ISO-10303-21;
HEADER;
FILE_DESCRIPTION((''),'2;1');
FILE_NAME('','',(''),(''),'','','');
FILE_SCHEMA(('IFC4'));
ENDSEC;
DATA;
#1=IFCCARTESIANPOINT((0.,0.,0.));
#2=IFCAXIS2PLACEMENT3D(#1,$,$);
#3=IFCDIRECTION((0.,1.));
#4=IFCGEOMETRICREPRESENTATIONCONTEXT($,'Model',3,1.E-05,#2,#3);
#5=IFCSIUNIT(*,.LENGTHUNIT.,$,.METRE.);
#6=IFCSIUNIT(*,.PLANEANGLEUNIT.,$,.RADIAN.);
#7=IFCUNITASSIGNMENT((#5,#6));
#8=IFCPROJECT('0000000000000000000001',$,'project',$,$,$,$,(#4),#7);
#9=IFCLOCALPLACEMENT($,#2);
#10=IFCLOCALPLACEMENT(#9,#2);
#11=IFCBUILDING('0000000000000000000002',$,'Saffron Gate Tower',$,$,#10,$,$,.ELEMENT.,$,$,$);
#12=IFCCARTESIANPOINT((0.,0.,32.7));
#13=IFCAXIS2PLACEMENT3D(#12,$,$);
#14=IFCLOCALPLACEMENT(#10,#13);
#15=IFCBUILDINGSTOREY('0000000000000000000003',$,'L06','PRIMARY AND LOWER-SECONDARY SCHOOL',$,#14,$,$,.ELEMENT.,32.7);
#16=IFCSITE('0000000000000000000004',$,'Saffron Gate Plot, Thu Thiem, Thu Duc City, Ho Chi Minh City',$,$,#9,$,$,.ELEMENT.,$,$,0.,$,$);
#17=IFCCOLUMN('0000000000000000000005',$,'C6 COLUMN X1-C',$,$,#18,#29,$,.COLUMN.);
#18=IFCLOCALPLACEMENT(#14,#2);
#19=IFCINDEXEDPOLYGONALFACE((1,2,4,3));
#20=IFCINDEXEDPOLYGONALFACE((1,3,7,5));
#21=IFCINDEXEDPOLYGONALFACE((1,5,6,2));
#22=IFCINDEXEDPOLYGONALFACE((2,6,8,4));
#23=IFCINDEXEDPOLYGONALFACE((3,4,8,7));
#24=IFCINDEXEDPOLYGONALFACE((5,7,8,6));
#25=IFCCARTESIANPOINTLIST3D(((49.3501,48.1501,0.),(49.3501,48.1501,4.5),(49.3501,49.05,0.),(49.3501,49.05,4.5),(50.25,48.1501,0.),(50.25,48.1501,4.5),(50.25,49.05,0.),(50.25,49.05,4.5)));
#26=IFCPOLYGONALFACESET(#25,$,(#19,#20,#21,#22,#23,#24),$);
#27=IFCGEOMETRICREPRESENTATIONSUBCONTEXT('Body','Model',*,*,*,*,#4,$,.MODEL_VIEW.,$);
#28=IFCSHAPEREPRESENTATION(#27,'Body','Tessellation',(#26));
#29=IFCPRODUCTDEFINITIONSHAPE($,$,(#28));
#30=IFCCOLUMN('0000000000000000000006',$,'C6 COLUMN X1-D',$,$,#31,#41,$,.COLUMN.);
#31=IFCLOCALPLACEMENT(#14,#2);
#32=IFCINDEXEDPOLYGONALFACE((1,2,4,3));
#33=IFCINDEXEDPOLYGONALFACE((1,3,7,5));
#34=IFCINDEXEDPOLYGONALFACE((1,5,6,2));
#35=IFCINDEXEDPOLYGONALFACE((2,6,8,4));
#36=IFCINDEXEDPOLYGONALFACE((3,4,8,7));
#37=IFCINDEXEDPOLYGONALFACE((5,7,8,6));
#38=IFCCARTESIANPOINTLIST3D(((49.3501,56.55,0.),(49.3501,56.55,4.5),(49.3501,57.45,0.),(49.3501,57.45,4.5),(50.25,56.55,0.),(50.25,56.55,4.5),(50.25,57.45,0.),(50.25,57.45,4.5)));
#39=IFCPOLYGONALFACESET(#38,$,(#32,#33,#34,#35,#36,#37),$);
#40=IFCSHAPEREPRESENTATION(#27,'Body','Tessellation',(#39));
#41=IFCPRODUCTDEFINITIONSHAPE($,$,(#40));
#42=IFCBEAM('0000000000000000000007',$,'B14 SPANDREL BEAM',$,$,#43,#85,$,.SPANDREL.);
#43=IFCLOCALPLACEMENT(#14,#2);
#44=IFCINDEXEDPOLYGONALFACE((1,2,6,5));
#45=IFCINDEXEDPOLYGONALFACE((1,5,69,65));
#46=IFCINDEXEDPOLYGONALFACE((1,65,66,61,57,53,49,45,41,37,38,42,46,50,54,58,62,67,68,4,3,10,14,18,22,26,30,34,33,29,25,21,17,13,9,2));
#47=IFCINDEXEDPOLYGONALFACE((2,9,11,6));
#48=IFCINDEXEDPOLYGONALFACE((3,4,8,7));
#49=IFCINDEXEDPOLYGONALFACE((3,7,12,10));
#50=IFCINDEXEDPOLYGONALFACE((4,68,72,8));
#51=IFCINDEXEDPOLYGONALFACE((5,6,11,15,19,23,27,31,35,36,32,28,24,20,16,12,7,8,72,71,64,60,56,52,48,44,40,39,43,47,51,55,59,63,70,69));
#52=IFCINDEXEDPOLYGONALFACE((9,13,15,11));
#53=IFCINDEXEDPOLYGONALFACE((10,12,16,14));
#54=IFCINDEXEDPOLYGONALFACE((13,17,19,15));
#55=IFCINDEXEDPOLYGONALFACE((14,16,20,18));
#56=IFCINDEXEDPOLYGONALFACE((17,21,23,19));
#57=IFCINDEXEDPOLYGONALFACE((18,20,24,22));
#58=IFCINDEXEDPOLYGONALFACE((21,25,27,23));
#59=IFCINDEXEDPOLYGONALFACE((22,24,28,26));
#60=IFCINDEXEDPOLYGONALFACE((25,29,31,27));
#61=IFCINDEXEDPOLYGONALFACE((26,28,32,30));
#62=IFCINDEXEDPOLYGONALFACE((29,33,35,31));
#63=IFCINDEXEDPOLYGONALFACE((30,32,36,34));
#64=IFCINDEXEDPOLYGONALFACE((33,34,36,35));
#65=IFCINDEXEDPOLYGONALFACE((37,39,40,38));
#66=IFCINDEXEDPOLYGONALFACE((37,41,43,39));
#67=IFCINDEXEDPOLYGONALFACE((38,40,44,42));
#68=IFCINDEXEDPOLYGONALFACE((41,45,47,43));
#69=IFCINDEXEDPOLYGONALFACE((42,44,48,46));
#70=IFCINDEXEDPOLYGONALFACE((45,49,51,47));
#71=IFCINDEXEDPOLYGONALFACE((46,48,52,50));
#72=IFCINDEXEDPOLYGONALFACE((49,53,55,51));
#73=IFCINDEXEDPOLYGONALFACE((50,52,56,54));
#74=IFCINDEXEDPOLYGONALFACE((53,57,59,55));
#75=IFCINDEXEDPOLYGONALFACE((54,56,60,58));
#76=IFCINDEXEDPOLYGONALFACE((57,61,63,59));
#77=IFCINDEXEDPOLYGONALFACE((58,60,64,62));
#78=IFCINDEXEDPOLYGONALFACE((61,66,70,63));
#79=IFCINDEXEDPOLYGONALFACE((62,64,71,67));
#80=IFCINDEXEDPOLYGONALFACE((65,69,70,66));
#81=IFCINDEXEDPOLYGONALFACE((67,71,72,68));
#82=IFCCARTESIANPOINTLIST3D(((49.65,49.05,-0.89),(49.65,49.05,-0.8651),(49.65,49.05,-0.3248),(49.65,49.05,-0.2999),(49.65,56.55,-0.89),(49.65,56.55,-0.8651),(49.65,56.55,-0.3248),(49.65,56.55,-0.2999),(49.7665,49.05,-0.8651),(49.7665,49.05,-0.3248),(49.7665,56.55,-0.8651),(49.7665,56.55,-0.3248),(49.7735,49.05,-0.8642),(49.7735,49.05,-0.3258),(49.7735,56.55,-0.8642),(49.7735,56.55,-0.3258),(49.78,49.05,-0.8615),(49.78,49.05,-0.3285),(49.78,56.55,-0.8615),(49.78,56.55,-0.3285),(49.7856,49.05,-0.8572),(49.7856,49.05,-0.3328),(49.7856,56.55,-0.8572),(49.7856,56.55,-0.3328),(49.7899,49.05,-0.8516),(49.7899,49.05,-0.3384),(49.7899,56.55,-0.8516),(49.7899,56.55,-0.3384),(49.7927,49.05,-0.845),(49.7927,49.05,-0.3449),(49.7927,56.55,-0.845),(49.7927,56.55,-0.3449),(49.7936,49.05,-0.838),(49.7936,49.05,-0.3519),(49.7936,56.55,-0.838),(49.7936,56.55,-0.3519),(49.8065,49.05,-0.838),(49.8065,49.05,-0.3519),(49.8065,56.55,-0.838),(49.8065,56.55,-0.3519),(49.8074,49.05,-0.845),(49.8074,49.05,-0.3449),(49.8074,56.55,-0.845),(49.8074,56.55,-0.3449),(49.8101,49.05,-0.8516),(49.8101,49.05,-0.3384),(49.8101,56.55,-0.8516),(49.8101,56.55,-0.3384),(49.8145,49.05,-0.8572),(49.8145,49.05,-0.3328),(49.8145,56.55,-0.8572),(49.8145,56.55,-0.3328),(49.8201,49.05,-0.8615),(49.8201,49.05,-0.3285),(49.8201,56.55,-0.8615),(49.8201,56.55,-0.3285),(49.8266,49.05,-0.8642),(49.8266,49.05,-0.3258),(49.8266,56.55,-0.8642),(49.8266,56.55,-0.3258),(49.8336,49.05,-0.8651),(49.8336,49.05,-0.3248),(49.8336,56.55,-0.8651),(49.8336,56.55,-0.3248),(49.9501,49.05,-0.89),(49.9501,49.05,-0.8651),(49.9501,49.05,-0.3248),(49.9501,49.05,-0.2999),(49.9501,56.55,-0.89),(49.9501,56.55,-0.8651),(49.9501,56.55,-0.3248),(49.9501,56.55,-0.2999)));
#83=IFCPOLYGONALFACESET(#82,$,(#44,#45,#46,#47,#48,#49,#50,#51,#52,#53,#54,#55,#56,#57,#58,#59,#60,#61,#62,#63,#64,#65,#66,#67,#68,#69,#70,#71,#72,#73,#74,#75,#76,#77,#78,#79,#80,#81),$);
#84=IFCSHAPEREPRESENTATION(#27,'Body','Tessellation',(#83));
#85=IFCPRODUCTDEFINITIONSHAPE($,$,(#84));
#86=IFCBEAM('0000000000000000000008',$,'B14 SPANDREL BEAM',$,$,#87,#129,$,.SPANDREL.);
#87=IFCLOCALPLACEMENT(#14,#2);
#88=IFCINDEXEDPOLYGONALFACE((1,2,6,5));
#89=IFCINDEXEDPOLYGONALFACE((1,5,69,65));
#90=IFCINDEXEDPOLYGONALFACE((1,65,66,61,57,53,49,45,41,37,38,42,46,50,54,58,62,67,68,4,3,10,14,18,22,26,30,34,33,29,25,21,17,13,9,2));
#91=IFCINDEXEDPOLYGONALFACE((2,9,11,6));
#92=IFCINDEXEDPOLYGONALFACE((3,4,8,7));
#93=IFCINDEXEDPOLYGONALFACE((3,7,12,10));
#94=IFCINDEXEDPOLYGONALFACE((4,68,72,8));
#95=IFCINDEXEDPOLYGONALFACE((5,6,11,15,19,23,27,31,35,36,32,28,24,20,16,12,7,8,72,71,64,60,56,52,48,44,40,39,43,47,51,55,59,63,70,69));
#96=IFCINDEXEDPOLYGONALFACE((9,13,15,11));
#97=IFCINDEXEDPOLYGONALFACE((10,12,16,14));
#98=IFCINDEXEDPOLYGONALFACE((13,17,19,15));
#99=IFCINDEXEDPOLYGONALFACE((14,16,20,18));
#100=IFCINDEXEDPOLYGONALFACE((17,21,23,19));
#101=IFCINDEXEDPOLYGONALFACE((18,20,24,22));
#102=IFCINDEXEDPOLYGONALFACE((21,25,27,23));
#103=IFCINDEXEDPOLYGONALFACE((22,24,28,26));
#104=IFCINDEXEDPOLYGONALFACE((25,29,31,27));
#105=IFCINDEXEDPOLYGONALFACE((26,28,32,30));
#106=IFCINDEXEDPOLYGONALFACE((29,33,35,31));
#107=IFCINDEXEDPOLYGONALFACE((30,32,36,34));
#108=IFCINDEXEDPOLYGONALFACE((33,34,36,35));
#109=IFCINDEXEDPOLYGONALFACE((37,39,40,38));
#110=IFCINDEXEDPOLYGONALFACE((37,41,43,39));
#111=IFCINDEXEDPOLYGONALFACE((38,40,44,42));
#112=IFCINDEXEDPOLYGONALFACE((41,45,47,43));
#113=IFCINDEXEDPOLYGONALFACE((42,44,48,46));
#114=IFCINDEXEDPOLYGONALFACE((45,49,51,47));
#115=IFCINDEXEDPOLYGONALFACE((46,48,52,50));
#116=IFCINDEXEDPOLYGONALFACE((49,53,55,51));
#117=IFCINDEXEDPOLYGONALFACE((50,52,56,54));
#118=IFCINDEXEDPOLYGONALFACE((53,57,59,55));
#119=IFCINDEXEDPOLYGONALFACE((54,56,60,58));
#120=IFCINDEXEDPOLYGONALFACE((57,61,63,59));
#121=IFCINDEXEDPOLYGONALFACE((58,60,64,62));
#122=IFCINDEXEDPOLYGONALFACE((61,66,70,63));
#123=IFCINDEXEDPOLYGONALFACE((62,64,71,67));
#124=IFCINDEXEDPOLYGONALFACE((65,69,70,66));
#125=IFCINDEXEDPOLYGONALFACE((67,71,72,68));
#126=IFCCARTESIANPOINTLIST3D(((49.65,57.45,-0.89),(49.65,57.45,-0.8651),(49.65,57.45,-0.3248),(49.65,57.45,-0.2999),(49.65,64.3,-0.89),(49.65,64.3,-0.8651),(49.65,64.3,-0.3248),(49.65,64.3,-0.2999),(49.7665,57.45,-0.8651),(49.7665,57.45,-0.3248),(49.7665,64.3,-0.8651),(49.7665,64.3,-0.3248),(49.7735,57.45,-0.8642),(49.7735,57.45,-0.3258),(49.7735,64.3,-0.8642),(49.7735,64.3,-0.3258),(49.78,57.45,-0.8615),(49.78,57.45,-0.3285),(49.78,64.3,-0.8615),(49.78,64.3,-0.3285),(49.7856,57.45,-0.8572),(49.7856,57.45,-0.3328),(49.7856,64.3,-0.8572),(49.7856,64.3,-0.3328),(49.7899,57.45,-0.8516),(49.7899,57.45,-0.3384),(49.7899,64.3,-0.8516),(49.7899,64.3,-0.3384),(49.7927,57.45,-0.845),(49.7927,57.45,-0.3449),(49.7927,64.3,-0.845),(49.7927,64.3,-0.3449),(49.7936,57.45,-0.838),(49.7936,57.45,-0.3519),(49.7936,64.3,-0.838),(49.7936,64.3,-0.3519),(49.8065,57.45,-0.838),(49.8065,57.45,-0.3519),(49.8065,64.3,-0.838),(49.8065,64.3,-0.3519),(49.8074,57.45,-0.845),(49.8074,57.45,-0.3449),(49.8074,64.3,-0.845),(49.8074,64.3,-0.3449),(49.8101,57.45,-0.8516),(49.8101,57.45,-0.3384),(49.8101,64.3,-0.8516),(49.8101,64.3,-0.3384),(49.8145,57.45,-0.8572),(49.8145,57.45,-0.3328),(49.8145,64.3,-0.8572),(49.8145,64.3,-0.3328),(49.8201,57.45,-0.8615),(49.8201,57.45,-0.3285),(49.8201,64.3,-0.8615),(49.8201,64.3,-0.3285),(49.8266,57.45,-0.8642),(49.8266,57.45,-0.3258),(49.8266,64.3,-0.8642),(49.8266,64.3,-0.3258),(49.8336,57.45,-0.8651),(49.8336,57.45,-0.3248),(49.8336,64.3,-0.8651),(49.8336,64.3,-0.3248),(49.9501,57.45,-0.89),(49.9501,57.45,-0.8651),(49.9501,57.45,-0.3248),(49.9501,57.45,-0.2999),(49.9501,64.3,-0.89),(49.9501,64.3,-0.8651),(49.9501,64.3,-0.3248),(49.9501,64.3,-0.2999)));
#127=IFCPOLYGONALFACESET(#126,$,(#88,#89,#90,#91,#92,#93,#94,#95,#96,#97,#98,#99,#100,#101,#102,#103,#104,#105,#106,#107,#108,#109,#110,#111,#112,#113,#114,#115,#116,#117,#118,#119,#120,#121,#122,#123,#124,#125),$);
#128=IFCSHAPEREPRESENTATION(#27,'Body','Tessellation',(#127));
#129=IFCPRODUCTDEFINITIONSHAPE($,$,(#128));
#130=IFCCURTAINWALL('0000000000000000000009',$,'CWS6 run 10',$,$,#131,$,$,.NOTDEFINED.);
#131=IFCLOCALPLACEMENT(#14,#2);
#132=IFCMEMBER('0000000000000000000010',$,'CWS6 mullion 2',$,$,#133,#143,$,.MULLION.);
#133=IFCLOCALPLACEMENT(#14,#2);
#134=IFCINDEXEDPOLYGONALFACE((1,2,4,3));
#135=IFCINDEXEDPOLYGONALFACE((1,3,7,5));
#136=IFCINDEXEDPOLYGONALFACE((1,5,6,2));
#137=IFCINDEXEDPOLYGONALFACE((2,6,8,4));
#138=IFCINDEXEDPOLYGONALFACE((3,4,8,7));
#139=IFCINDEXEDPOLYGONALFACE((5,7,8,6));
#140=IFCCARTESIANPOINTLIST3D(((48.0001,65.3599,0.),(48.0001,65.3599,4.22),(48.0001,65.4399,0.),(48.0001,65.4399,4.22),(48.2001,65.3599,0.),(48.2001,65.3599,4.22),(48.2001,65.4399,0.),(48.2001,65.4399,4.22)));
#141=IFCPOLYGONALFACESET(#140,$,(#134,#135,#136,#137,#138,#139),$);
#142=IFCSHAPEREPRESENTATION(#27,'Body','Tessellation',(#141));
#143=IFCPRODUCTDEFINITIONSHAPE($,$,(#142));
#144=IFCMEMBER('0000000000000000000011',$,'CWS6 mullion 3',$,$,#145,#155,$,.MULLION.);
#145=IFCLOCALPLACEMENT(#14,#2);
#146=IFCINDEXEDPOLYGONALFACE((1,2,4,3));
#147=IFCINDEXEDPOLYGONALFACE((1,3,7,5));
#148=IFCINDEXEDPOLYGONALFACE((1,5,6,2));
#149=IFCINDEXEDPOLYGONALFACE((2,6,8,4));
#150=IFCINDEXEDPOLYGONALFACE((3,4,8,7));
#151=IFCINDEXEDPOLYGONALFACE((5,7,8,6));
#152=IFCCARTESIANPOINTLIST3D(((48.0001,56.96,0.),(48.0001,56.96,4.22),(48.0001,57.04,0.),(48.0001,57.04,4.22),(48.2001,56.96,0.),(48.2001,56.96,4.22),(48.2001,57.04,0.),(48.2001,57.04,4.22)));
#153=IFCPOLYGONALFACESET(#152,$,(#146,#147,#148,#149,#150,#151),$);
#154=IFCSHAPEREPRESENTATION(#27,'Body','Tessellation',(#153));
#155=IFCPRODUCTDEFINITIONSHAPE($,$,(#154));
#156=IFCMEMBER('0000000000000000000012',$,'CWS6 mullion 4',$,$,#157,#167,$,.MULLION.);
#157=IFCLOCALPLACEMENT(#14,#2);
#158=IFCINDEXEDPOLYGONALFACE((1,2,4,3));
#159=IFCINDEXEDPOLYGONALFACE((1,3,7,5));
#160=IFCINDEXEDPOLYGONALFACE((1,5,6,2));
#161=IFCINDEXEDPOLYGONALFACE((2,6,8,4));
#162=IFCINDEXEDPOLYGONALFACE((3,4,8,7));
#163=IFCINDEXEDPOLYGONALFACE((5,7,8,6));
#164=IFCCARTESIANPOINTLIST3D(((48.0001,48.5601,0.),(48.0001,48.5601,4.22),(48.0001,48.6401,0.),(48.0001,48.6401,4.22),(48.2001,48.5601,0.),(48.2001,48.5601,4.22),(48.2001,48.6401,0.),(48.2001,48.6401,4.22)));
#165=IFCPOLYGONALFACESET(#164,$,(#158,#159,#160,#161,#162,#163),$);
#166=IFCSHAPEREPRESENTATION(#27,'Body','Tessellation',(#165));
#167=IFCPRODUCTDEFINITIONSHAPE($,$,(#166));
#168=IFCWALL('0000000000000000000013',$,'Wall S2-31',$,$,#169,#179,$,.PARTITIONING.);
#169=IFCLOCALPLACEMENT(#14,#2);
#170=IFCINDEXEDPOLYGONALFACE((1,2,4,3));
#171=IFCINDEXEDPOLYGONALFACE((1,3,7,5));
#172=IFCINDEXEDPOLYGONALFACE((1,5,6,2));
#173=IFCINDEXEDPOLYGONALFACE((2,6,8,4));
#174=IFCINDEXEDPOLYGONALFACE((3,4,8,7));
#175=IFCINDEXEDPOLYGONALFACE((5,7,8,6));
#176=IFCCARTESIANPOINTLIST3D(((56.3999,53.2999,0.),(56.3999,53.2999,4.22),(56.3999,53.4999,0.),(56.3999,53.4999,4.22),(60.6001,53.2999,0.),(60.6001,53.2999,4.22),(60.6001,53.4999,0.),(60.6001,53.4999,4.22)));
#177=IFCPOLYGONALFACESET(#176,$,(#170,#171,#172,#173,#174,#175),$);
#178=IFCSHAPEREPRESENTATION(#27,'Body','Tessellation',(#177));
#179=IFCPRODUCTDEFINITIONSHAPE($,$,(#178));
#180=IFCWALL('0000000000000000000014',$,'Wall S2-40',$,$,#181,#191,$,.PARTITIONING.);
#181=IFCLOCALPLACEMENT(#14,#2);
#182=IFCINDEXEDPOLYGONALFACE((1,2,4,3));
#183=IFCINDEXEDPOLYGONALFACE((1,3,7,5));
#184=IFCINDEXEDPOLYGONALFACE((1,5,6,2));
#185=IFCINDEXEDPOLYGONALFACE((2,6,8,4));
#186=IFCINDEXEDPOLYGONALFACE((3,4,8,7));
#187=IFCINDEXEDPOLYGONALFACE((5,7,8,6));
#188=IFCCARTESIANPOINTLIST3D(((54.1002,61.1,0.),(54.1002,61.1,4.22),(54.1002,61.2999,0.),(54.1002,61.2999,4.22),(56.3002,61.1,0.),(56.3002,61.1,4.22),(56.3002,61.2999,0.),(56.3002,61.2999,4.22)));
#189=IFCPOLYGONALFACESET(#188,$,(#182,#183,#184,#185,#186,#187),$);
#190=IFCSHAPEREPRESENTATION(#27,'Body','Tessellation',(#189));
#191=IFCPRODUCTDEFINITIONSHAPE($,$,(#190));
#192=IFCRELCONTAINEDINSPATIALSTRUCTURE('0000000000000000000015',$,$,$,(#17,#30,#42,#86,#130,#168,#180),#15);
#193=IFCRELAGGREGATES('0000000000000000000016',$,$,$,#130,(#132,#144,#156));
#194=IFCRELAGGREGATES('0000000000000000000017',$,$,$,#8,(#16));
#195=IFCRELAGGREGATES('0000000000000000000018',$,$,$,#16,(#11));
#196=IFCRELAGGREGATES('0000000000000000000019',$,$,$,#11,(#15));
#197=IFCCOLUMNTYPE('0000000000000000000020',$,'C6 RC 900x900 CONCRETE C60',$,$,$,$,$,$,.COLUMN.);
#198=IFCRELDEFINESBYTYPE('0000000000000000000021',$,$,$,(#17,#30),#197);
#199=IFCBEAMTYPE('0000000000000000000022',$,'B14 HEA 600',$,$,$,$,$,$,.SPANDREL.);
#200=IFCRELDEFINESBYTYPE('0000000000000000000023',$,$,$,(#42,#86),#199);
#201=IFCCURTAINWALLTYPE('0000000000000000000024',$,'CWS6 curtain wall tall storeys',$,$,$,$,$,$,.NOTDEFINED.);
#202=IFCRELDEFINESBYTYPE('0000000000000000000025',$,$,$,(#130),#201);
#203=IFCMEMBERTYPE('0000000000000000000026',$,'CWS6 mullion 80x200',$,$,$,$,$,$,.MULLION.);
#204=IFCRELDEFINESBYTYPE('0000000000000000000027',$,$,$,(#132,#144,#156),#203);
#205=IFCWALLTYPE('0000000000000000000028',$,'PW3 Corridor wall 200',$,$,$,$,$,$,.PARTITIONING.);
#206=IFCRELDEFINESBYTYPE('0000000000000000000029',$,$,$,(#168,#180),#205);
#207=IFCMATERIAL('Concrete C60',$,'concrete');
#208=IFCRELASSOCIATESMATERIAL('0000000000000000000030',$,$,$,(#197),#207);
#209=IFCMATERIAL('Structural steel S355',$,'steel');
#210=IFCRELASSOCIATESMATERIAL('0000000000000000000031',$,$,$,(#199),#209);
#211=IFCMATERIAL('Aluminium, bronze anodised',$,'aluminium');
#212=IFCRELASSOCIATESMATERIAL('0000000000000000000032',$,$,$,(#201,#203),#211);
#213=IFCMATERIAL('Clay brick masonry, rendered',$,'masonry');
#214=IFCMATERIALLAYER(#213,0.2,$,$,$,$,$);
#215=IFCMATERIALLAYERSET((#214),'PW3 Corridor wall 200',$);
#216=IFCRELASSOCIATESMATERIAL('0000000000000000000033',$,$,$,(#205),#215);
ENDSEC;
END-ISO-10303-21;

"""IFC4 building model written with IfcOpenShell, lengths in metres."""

from ifc_helpers import new_model, si_unit, direction, frame, frame_2d, origin, origin_2d, place, context, subcontext, project, spatial, rectangle, i_section, extrude, material, layer, layer_set, material_profile, profile_set, type_object, element, aggregate, save


model = new_model("IFC4")

# Units and contexts
model_context = context("Model", 3, precision=1e-05, world=origin(), true_north=direction((0.0, 1.0)))
body_context = subcontext(model_context, "Body", "Model", "MODEL_VIEW")
ifc_project = project(units=[si_unit("LENGTHUNIT", "METRE"), si_unit("PLANEANGLEUNIT", "RADIAN")], contexts=[model_context])

# Site, building, storey
site_placement = place(None, origin())
site = spatial("IfcSite", under=ifc_project, at=site_placement, Name="Saffron Gate Plot, Thu Thiem, Thu Duc City, Ho Chi Minh City", CompositionType="ELEMENT", RefElevation=0.0)
building_placement = place(site_placement, origin())
building = spatial("IfcBuilding", under=site, at=building_placement, Name="Saffron Gate Tower", CompositionType="ELEMENT")
storey_placement = place(building_placement, frame((0.0, 0.0, 32.7)))
storey = spatial("IfcBuildingStorey", under=building, at=storey_placement, Name="L06", Description="PRIMARY AND LOWER-SECONDARY SCHOOL", CompositionType="ELEMENT", Elevation=32.7)

# Columns
ifc_material_1 = material(Name="Concrete C60", Category="concrete")
ifc_material_profile_1 = material_profile(ifc_material_1, rectangle(XDim=0.8999, YDim=0.8999, at=origin_2d()))
ifc_profile_set_1 = profile_set([ifc_material_profile_1], Name="Concrete C60")
column_type = type_object("IfcColumnType", Name="C6 RC 900x900 CONCRETE C60", PredefinedType="COLUMN", material=ifc_profile_set_1)
for number, where, z_axis, x_axis, name in (
    (1, (49.8, 48.6001, 0.0), (0.0, 0.0, 1.0), (1.0, 0.0, 0.0), "C6 COLUMN X1-C"),
    (2, (49.8, 57.0, 0.0), (0.0, 0.0, 1.0), (1.0, 0.0, 0.0), "C6 COLUMN X1-D"),
):
    element("IfcColumn", number, at=place(storey_placement, frame(where, z_axis=z_axis, x_axis=x_axis)), inside=storey, type_object=column_type, Name=name, PredefinedType="COLUMN", context=body_context, shape_type="SweptSolid", body=[
        extrude(rectangle(XDim=0.8999, YDim=0.8999, at=origin_2d()), origin(), (0.0, 0.0, 1.0), 4.5),
    ])

# Beams
ifc_material_2 = material(Name="Structural steel S355", Category="steel")
ifc_material_profile_2 = material_profile(ifc_material_2, i_section(OverallWidth=0.3, OverallDepth=0.5901, WebThickness=0.0129, FlangeThickness=0.0249, FilletRadius=0.0271, at=origin_2d()))
ifc_profile_set_2 = profile_set([ifc_material_profile_2], Name="Structural steel S355")
beam_type = type_object("IfcBeamType", Name="B14 HEA 600", PredefinedType="SPANDREL", material=ifc_profile_set_2)
beam_1_placement = place(storey_placement, frame((49.8, 49.05, -0.595), z_axis=(0.0, 1.0, 0.0), x_axis=(-1.0, 0.0, 0.0)))
element("IfcBeam", 3, at=beam_1_placement, inside=storey, type_object=beam_type, Name="B14 SPANDREL BEAM", PredefinedType="SPANDREL", context=body_context, shape_type="SweptSolid", body=[
    extrude(i_section(OverallWidth=0.3, OverallDepth=0.5901, WebThickness=0.0129, FlangeThickness=0.0249, FilletRadius=0.0271, at=origin_2d()), origin(), (0.0, 0.0, 1.0), 7.5),
])
beam_2_placement = place(storey_placement, frame((49.8, 57.45, -0.595), z_axis=(0.0, 1.0, 0.0), x_axis=(-1.0, 0.0, 0.0)))
element("IfcBeam", 4, at=beam_2_placement, inside=storey, type_object=beam_type, Name="B14 SPANDREL BEAM", PredefinedType="SPANDREL", context=body_context, shape_type="SweptSolid", body=[
    extrude(i_section(OverallWidth=0.3, OverallDepth=0.5901, WebThickness=0.0129, FlangeThickness=0.0249, FilletRadius=0.0271, at=origin_2d()), origin(), (0.0, 0.0, 1.0), 6.8501),
])

# Curtain wall, members
ifc_material_3 = material(Name="Aluminium, bronze anodised", Category="aluminium")
curtain_wall_type = type_object("IfcCurtainWallType", Name="CWS6 curtain wall tall storeys", PredefinedType="NOTDEFINED", material=ifc_material_3)
curtain_wall_placement = place(storey_placement, origin())
curtain_wall = element("IfcCurtainWall", 5, at=curtain_wall_placement, inside=storey, type_object=curtain_wall_type, Name="CWS6 run 10", PredefinedType="NOTDEFINED")
ifc_material_profile_3 = material_profile(ifc_material_3, rectangle(XDim=0.2, YDim=0.0801, at=origin_2d()))
ifc_profile_set_3 = profile_set([ifc_material_profile_3], Name="Aluminium, bronze anodised")
member_type = type_object("IfcMemberType", Name="CWS6 mullion 80x200", PredefinedType="MULLION", material=ifc_profile_set_3)
member_1_placement = place(storey_placement, frame((48.1001, 65.3999, 0.0), z_axis=(0.0, 0.0, 1.0), x_axis=(1.0, 0.0, 0.0)))
member_1 = element("IfcMember", 6, at=member_1_placement, type_object=member_type, Name="CWS6 mullion 2", PredefinedType="MULLION", context=body_context, shape_type="SweptSolid", body=[
    extrude(rectangle(XDim=0.2, YDim=0.0801, at=origin_2d()), origin(), (0.0, 0.0, 1.0), 4.22),
])
member_2_placement = place(storey_placement, frame((48.1001, 57.0, 0.0), z_axis=(0.0, 0.0, 1.0), x_axis=(1.0, 0.0, 0.0)))
member_2 = element("IfcMember", 7, at=member_2_placement, type_object=member_type, Name="CWS6 mullion 3", PredefinedType="MULLION", context=body_context, shape_type="SweptSolid", body=[
    extrude(rectangle(XDim=0.2, YDim=0.0801, at=origin_2d()), origin(), (0.0, 0.0, 1.0), 4.22),
])
member_3_placement = place(storey_placement, frame((48.1001, 48.6001, 0.0), z_axis=(0.0, 0.0, 1.0), x_axis=(1.0, 0.0, 0.0)))
member_3 = element("IfcMember", 8, at=member_3_placement, type_object=member_type, Name="CWS6 mullion 4", PredefinedType="MULLION", context=body_context, shape_type="SweptSolid", body=[
    extrude(rectangle(XDim=0.2, YDim=0.0801, at=origin_2d()), origin(), (0.0, 0.0, 1.0), 4.22),
])
aggregate(curtain_wall, [member_1, member_2, member_3])

# Walls
ifc_material_4 = material(Name="Clay brick masonry, rendered", Category="masonry")
ifc_layer_1 = layer(ifc_material_4, 0.2)
ifc_layer_set_1 = layer_set([ifc_layer_1], Name="PW3 Corridor wall 200")
wall_type_1 = type_object("IfcWallType", Name="PW3 Corridor wall 200", PredefinedType="PARTITIONING", material=ifc_layer_set_1)
wall_1_placement = place(storey_placement, frame((56.3999, 53.3999, 0.0), z_axis=(0.0, 0.0, 1.0), x_axis=(1.0, 0.0, 0.0)))
element("IfcWall", 9, at=wall_1_placement, inside=storey, type_object=wall_type_1, Name="Wall S2-31", PredefinedType="PARTITIONING", context=body_context, shape_type="SweptSolid", body=[
    extrude(rectangle(XDim=4.2002, YDim=0.2, at=frame_2d((2.1001, 0.0))), origin(), (0.0, 0.0, 1.0), 4.22),
])
wall_2_placement = place(storey_placement, frame((54.1001, 61.2, 0.0), z_axis=(0.0, 0.0, 1.0), x_axis=(1.0, 0.0, 0.0)))
element("IfcWall", 10, at=wall_2_placement, inside=storey, type_object=wall_type_1, Name="Wall S2-40", PredefinedType="PARTITIONING", context=body_context, shape_type="SweptSolid", body=[
    extrude(rectangle(XDim=2.2, YDim=0.2, at=frame_2d((1.1001, 0.0))), origin(), (0.0, 0.0, 1.0), 4.22),
])

save(model, "model.ifc")
